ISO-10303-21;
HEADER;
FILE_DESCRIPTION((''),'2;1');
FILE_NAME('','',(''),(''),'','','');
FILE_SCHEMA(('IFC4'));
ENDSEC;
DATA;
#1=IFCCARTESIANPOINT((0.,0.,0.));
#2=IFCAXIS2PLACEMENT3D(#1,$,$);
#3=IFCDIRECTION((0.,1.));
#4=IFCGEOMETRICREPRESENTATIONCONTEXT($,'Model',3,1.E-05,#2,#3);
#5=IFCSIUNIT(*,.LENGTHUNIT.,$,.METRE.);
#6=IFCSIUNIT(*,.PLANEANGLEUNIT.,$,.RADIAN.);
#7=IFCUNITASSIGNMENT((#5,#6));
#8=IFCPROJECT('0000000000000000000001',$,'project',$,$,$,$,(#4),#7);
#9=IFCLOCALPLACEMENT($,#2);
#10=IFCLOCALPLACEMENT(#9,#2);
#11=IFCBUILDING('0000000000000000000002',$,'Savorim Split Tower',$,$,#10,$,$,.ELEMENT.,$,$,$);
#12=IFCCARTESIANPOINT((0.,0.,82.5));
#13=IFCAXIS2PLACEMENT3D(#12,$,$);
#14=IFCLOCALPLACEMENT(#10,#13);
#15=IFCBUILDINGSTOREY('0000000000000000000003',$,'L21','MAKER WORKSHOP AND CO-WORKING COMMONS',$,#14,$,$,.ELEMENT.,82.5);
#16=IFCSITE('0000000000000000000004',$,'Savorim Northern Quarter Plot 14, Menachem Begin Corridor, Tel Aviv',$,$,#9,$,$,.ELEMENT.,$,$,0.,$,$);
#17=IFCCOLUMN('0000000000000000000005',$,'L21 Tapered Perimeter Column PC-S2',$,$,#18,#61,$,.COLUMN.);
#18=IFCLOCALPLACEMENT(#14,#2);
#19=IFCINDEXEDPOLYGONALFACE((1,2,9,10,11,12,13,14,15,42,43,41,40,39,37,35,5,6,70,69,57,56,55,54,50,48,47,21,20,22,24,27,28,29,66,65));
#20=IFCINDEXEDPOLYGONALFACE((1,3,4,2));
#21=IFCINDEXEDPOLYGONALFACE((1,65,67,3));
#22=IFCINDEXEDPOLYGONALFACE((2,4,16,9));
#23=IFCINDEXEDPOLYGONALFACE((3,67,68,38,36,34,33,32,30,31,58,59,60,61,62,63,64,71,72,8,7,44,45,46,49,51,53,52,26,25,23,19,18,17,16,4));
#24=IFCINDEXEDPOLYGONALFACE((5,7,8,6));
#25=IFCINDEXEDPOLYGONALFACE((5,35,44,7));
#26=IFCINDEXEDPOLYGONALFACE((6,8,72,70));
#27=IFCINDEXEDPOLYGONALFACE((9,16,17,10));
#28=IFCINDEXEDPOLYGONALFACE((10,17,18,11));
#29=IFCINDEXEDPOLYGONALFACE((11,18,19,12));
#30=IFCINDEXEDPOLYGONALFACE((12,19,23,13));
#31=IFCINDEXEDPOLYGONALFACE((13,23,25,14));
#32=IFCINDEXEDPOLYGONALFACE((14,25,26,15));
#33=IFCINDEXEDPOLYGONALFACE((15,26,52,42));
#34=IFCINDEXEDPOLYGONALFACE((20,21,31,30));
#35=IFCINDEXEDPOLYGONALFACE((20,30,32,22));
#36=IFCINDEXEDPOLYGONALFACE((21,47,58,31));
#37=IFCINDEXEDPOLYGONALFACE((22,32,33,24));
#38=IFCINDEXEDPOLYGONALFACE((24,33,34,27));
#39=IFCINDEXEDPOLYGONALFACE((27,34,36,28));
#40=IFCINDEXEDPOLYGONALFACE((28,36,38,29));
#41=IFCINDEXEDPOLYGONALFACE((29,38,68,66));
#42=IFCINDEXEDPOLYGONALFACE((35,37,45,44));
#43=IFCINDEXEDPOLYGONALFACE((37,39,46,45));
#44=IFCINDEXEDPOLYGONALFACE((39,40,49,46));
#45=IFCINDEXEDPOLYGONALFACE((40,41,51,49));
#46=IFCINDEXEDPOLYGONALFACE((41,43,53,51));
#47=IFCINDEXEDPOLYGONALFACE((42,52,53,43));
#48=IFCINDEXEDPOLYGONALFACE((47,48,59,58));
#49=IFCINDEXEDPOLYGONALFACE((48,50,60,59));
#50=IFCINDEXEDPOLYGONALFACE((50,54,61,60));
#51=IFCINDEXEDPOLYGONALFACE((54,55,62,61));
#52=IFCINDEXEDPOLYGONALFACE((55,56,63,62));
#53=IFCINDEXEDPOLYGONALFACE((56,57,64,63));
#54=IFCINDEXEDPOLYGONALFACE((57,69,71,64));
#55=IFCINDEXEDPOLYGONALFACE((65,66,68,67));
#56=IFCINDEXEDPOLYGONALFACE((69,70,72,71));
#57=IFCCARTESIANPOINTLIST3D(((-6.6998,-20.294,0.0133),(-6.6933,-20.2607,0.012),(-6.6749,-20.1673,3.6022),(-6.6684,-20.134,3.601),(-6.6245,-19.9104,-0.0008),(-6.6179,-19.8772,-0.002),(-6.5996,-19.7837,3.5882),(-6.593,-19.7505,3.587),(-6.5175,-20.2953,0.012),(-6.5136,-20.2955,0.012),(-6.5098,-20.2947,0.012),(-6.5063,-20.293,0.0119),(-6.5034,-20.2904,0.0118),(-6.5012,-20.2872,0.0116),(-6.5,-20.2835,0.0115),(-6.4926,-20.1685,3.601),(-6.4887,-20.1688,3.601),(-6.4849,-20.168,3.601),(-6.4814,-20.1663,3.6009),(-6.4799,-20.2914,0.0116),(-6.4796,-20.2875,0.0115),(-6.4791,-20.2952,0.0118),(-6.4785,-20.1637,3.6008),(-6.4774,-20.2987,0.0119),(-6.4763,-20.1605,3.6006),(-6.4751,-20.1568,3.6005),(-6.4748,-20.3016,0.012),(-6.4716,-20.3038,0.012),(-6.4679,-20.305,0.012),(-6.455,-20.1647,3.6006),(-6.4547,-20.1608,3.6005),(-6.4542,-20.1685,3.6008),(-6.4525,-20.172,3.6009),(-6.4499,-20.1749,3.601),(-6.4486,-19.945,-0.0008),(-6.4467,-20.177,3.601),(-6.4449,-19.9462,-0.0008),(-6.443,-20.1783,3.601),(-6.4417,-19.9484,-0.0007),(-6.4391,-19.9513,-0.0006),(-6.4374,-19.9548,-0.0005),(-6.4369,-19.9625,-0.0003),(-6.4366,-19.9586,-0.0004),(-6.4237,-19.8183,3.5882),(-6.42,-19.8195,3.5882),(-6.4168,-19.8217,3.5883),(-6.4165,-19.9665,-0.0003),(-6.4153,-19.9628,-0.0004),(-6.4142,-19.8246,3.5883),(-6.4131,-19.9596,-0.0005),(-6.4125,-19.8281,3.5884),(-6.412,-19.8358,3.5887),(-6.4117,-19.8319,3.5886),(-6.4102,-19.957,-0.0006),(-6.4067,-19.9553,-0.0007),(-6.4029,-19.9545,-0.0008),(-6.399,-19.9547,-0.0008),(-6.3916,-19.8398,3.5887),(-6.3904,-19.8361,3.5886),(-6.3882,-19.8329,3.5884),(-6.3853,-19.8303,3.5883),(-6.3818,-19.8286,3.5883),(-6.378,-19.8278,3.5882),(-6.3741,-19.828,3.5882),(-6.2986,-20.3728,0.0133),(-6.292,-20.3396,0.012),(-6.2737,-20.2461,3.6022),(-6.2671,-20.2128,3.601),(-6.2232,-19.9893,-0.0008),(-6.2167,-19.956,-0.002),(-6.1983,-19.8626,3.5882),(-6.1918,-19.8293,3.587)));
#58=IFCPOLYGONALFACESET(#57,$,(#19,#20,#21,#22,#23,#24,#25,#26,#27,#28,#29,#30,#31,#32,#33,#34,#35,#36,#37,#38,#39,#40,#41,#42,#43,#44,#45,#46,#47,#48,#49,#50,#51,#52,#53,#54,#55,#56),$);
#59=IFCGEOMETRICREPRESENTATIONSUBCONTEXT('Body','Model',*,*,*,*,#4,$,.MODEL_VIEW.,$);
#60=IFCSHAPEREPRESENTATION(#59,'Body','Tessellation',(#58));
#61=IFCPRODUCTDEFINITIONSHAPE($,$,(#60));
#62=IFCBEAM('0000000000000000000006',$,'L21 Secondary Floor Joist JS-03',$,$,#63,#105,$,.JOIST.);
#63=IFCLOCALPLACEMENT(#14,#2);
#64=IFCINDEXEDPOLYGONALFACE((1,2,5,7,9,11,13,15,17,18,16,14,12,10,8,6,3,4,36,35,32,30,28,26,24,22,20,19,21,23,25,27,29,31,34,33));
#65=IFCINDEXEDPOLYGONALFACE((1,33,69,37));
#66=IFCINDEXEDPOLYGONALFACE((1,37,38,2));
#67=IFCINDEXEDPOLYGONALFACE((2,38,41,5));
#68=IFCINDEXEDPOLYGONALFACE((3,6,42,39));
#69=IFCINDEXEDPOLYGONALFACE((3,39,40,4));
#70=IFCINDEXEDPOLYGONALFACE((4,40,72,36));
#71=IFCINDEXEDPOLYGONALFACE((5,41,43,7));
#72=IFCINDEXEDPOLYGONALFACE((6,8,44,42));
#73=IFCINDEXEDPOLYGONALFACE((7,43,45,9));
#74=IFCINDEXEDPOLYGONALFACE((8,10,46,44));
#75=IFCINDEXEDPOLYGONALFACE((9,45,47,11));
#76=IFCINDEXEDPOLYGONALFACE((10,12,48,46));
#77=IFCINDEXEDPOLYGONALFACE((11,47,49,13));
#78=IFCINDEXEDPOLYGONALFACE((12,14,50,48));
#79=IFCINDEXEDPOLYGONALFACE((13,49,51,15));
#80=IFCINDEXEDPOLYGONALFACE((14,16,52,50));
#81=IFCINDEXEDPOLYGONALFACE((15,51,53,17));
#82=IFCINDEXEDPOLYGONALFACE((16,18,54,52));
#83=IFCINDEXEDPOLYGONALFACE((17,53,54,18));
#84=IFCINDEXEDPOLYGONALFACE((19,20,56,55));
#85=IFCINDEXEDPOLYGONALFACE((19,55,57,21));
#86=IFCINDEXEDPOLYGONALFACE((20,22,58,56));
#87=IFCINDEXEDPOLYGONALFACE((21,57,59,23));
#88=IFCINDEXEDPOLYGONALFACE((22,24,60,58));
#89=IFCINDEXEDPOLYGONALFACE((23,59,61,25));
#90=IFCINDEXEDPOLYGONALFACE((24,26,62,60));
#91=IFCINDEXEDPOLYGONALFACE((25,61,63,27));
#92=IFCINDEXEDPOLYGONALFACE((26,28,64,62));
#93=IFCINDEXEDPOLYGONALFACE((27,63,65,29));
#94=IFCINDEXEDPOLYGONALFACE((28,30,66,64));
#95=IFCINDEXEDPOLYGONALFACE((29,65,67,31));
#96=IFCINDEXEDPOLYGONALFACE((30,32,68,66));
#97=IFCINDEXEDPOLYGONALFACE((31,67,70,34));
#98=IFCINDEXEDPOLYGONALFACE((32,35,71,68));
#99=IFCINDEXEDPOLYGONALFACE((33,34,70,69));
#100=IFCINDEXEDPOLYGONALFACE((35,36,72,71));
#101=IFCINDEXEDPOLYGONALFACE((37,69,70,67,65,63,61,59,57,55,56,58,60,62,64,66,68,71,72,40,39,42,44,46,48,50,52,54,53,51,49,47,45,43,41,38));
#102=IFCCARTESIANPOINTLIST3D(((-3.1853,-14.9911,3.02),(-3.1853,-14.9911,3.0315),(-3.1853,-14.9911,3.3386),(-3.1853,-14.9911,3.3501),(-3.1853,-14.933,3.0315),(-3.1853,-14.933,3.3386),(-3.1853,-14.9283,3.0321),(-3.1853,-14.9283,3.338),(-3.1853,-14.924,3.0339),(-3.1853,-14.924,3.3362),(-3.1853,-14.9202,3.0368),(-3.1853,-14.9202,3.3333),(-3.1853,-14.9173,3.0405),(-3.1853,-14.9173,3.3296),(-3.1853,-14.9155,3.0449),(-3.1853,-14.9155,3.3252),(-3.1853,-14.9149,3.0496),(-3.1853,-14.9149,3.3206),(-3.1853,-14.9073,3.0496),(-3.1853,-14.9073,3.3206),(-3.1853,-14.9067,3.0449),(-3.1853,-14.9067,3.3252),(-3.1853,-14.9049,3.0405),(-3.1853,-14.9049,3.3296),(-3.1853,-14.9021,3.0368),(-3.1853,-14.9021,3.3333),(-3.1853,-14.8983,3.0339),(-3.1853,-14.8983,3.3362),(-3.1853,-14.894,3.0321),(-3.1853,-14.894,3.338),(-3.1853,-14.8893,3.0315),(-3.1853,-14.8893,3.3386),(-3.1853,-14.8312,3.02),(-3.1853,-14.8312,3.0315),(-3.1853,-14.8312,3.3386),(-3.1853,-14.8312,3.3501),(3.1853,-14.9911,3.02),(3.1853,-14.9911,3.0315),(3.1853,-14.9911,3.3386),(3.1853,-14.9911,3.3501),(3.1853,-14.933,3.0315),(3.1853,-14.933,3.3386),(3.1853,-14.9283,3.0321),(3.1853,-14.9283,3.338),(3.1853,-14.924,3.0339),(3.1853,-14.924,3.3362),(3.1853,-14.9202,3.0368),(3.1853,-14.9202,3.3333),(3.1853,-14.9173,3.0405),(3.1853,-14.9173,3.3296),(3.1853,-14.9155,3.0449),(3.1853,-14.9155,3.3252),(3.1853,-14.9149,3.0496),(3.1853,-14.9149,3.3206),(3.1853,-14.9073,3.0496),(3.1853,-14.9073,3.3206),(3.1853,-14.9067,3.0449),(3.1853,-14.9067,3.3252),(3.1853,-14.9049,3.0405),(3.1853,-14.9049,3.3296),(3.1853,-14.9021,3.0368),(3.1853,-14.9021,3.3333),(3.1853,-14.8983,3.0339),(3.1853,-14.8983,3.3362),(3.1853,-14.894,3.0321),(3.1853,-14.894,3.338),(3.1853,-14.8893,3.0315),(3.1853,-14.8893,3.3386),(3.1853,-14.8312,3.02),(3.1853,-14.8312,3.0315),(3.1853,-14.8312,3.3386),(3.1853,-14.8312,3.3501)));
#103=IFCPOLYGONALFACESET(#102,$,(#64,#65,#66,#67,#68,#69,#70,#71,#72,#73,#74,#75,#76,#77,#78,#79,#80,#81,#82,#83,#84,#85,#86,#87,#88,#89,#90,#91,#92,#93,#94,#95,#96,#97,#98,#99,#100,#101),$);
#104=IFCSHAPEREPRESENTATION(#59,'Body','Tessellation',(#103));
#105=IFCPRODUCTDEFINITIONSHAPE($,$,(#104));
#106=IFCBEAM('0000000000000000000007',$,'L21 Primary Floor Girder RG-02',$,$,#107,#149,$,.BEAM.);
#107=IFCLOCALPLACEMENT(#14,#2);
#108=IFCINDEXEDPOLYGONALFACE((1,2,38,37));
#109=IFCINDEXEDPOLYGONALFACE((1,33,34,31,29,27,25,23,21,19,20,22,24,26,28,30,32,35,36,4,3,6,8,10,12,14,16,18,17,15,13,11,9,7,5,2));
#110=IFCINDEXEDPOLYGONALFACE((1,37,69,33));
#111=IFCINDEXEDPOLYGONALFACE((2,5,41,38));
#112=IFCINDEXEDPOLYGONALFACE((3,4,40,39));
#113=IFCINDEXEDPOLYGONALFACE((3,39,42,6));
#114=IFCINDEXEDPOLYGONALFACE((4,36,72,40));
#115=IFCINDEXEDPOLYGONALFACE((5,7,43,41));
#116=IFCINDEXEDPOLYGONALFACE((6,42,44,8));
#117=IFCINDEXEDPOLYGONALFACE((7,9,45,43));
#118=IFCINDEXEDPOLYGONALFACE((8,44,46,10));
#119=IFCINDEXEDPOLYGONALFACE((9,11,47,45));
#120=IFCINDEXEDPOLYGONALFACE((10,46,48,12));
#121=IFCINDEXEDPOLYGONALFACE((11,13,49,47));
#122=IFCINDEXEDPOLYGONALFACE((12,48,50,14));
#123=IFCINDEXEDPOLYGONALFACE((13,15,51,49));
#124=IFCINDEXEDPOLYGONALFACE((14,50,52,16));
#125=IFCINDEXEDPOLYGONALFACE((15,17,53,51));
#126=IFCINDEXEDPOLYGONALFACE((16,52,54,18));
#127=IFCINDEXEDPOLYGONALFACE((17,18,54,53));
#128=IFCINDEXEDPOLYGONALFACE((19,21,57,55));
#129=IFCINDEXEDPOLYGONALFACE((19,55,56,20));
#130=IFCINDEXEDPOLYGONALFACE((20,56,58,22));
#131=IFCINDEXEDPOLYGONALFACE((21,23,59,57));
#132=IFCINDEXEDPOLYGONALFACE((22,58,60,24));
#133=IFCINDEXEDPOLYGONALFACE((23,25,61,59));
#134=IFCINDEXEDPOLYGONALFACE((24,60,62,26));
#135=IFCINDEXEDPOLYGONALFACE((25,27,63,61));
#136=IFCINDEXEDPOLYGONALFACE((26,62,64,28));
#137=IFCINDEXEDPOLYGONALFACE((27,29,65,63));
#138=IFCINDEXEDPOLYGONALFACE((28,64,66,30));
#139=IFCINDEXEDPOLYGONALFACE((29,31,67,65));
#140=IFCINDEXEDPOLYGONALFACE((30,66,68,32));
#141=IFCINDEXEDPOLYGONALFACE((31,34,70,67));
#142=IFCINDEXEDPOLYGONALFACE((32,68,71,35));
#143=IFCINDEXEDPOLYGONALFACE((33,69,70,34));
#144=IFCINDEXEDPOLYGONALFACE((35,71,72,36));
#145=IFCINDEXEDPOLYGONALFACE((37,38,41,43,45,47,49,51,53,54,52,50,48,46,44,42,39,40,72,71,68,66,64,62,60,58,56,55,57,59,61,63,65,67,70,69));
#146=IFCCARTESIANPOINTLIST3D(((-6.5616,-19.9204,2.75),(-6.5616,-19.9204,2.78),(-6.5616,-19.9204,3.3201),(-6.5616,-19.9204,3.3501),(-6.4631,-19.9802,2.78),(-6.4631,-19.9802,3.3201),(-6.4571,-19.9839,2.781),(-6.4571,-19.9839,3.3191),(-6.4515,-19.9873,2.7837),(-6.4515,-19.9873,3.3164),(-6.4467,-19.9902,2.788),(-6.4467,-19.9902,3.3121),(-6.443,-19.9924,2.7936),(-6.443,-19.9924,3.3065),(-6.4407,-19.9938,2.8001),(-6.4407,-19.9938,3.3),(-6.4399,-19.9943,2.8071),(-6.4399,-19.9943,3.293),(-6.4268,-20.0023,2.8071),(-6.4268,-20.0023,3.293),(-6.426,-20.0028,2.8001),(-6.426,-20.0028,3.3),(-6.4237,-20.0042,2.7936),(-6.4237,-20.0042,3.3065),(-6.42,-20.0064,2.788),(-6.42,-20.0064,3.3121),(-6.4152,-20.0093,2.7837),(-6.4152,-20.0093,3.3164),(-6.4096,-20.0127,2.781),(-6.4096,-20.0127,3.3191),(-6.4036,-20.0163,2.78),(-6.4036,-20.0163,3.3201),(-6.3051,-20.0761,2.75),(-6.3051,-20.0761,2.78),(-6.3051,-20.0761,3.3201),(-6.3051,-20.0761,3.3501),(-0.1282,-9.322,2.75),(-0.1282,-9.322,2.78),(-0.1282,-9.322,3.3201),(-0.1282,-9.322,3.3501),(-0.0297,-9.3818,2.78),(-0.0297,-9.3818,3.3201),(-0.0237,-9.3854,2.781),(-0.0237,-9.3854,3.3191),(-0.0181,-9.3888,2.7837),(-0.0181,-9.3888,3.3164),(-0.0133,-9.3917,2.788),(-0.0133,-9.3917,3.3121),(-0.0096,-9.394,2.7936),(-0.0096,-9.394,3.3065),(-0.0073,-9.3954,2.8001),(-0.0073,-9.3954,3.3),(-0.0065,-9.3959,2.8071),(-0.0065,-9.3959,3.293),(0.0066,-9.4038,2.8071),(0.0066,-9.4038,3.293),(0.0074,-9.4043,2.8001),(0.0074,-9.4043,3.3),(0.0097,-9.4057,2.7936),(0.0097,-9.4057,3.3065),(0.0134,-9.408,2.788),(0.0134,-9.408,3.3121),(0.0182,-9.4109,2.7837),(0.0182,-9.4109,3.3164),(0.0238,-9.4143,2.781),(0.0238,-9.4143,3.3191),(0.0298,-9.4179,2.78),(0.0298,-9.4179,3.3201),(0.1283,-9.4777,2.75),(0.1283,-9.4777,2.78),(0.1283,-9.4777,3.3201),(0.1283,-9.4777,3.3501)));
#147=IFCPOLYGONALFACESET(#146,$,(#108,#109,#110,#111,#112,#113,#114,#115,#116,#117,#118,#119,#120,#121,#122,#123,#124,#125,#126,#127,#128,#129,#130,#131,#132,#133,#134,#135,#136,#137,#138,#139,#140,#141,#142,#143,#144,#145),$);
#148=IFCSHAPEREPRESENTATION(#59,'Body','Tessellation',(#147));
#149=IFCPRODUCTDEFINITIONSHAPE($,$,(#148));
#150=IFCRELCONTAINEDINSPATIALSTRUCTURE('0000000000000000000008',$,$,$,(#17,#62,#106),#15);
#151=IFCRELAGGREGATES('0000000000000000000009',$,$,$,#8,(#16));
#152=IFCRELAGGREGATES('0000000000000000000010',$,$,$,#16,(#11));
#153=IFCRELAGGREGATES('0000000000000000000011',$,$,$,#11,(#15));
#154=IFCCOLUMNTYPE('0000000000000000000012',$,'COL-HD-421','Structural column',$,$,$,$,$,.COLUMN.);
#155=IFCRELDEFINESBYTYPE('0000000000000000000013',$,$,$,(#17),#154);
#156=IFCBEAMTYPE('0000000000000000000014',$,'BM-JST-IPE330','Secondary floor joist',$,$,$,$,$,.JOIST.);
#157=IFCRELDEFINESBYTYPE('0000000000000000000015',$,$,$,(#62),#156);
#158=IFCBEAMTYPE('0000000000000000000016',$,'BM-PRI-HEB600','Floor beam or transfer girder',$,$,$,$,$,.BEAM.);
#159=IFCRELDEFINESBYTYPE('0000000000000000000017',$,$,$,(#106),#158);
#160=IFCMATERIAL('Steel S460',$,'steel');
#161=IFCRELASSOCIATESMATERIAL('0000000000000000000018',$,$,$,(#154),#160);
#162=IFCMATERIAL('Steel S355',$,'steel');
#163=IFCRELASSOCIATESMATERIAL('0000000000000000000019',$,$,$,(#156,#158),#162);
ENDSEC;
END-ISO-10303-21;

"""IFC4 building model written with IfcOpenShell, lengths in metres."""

from ifc_helpers import new_model, si_unit, direction, frame, origin, origin_2d, place, context, subcontext, project, spatial, i_section, extrude, material, material_profile, profile_set, type_object, element, save


model = new_model("IFC4")

# Units and contexts
model_context = context("Model", 3, precision=1e-05, world=origin(), true_north=direction((0.0, 1.0)))
body_context = subcontext(model_context, "Body", "Model", "MODEL_VIEW")
ifc_project = project(units=[si_unit("LENGTHUNIT", "METRE"), si_unit("PLANEANGLEUNIT", "RADIAN")], contexts=[model_context])

# Site, building, storey
site_placement = place(None, origin())
site = spatial("IfcSite", under=ifc_project, at=site_placement, Name="Savorim Northern Quarter Plot 14, Menachem Begin Corridor, Tel Aviv", CompositionType="ELEMENT", RefElevation=0.0)
building_placement = place(site_placement, origin())
building = spatial("IfcBuilding", under=site, at=building_placement, Name="Savorim Split Tower", CompositionType="ELEMENT")
storey_placement = place(building_placement, frame((0.0, 0.0, 82.5)))
storey = spatial("IfcBuildingStorey", under=building, at=storey_placement, Name="L21", Description="MAKER WORKSHOP AND CO-WORKING COMMONS", CompositionType="ELEMENT", Elevation=82.5)

# Column
ifc_material_1 = material(Name="Steel S460", Category="steel")
ifc_material_profile_1 = material_profile(ifc_material_1, i_section(OverallWidth=0.4089, OverallDepth=0.425, WebThickness=0.0208, FlangeThickness=0.0339, FilletRadius=0.0149, at=origin_2d()), Name="HD 400x421")
ifc_profile_set_1 = profile_set([ifc_material_profile_1], Name="Steel S460")
column_type = type_object("IfcColumnType", Name="COL-HD-421", Description="Structural column", PredefinedType="COLUMN", material=ifc_profile_set_1)
column_placement = place(storey_placement, frame((-6.4583, -20.125, 0.0056), z_axis=(0.006934, 0.035283, 0.999353), x_axis=(-0.98123, 0.192843, 0.0)))
element("IfcColumn", 1, at=column_placement, inside=storey, type_object=column_type, Name="L21 Tapered Perimeter Column PC-S2", PredefinedType="COLUMN", context=body_context, shape_type="SweptSolid", body=[
    extrude(i_section(OverallWidth=0.4089, OverallDepth=0.425, WebThickness=0.0208, FlangeThickness=0.0339, FilletRadius=0.0149, at=origin_2d()), origin(), (0.0, 0.0, 1.0), 3.5913),
])

# Beams
ifc_material_2 = material(Name="Steel S355", Category="steel")
ifc_material_profile_2 = material_profile(ifc_material_2, i_section(OverallWidth=0.1599, OverallDepth=0.3301, WebThickness=0.0076, FlangeThickness=0.0115, FilletRadius=0.0181, at=origin_2d()), Name="IPE 330")
ifc_profile_set_2 = profile_set([ifc_material_profile_2], Name="Steel S355")
beam_type_1 = type_object("IfcBeamType", Name="BM-JST-IPE330", Description="Secondary floor joist", PredefinedType="JOIST", material=ifc_profile_set_2)
beam_1_placement = place(storey_placement, frame((-3.1853, -14.9111, 3.1851), z_axis=(1.0, 0.0, 0.0), x_axis=(0.0, 1.0, 0.0)))
element("IfcBeam", 2, at=beam_1_placement, inside=storey, type_object=beam_type_1, Name="L21 Secondary Floor Joist JS-03", PredefinedType="JOIST", context=body_context, shape_type="SweptSolid", body=[
    extrude(i_section(OverallWidth=0.1599, OverallDepth=0.3301, WebThickness=0.0076, FlangeThickness=0.0115, FilletRadius=0.0181, at=origin_2d()), origin(), (0.0, 0.0, 1.0), 6.3706),
])
ifc_material_profile_3 = material_profile(ifc_material_2, i_section(OverallWidth=0.3, OverallDepth=0.6001, WebThickness=0.0154, FlangeThickness=0.03, FilletRadius=0.0271, at=origin_2d()), Name="HEB 600")
ifc_profile_set_3 = profile_set([ifc_material_profile_3], Name="Steel S355")
beam_type_2 = type_object("IfcBeamType", Name="BM-PRI-HEB600", Description="Floor beam or transfer girder", PredefinedType="BEAM", material=ifc_profile_set_3)
beam_2_placement = place(storey_placement, frame((-6.4333, -19.9983, 3.05), z_axis=(0.518896, 0.854837, 0.0), x_axis=(-0.854837, 0.518896, 0.0)))
element("IfcBeam", 3, at=beam_2_placement, inside=storey, type_object=beam_type_2, Name="L21 Primary Floor Girder RG-02", PredefinedType="BEAM", context=body_context, shape_type="SweptSolid", body=[
    extrude(i_section(OverallWidth=0.3, OverallDepth=0.6001, WebThickness=0.0154, FlangeThickness=0.03, FilletRadius=0.0271, at=origin_2d()), origin(), (0.0, 0.0, 1.0), 12.3982),
])

save(model, "model.ifc")
